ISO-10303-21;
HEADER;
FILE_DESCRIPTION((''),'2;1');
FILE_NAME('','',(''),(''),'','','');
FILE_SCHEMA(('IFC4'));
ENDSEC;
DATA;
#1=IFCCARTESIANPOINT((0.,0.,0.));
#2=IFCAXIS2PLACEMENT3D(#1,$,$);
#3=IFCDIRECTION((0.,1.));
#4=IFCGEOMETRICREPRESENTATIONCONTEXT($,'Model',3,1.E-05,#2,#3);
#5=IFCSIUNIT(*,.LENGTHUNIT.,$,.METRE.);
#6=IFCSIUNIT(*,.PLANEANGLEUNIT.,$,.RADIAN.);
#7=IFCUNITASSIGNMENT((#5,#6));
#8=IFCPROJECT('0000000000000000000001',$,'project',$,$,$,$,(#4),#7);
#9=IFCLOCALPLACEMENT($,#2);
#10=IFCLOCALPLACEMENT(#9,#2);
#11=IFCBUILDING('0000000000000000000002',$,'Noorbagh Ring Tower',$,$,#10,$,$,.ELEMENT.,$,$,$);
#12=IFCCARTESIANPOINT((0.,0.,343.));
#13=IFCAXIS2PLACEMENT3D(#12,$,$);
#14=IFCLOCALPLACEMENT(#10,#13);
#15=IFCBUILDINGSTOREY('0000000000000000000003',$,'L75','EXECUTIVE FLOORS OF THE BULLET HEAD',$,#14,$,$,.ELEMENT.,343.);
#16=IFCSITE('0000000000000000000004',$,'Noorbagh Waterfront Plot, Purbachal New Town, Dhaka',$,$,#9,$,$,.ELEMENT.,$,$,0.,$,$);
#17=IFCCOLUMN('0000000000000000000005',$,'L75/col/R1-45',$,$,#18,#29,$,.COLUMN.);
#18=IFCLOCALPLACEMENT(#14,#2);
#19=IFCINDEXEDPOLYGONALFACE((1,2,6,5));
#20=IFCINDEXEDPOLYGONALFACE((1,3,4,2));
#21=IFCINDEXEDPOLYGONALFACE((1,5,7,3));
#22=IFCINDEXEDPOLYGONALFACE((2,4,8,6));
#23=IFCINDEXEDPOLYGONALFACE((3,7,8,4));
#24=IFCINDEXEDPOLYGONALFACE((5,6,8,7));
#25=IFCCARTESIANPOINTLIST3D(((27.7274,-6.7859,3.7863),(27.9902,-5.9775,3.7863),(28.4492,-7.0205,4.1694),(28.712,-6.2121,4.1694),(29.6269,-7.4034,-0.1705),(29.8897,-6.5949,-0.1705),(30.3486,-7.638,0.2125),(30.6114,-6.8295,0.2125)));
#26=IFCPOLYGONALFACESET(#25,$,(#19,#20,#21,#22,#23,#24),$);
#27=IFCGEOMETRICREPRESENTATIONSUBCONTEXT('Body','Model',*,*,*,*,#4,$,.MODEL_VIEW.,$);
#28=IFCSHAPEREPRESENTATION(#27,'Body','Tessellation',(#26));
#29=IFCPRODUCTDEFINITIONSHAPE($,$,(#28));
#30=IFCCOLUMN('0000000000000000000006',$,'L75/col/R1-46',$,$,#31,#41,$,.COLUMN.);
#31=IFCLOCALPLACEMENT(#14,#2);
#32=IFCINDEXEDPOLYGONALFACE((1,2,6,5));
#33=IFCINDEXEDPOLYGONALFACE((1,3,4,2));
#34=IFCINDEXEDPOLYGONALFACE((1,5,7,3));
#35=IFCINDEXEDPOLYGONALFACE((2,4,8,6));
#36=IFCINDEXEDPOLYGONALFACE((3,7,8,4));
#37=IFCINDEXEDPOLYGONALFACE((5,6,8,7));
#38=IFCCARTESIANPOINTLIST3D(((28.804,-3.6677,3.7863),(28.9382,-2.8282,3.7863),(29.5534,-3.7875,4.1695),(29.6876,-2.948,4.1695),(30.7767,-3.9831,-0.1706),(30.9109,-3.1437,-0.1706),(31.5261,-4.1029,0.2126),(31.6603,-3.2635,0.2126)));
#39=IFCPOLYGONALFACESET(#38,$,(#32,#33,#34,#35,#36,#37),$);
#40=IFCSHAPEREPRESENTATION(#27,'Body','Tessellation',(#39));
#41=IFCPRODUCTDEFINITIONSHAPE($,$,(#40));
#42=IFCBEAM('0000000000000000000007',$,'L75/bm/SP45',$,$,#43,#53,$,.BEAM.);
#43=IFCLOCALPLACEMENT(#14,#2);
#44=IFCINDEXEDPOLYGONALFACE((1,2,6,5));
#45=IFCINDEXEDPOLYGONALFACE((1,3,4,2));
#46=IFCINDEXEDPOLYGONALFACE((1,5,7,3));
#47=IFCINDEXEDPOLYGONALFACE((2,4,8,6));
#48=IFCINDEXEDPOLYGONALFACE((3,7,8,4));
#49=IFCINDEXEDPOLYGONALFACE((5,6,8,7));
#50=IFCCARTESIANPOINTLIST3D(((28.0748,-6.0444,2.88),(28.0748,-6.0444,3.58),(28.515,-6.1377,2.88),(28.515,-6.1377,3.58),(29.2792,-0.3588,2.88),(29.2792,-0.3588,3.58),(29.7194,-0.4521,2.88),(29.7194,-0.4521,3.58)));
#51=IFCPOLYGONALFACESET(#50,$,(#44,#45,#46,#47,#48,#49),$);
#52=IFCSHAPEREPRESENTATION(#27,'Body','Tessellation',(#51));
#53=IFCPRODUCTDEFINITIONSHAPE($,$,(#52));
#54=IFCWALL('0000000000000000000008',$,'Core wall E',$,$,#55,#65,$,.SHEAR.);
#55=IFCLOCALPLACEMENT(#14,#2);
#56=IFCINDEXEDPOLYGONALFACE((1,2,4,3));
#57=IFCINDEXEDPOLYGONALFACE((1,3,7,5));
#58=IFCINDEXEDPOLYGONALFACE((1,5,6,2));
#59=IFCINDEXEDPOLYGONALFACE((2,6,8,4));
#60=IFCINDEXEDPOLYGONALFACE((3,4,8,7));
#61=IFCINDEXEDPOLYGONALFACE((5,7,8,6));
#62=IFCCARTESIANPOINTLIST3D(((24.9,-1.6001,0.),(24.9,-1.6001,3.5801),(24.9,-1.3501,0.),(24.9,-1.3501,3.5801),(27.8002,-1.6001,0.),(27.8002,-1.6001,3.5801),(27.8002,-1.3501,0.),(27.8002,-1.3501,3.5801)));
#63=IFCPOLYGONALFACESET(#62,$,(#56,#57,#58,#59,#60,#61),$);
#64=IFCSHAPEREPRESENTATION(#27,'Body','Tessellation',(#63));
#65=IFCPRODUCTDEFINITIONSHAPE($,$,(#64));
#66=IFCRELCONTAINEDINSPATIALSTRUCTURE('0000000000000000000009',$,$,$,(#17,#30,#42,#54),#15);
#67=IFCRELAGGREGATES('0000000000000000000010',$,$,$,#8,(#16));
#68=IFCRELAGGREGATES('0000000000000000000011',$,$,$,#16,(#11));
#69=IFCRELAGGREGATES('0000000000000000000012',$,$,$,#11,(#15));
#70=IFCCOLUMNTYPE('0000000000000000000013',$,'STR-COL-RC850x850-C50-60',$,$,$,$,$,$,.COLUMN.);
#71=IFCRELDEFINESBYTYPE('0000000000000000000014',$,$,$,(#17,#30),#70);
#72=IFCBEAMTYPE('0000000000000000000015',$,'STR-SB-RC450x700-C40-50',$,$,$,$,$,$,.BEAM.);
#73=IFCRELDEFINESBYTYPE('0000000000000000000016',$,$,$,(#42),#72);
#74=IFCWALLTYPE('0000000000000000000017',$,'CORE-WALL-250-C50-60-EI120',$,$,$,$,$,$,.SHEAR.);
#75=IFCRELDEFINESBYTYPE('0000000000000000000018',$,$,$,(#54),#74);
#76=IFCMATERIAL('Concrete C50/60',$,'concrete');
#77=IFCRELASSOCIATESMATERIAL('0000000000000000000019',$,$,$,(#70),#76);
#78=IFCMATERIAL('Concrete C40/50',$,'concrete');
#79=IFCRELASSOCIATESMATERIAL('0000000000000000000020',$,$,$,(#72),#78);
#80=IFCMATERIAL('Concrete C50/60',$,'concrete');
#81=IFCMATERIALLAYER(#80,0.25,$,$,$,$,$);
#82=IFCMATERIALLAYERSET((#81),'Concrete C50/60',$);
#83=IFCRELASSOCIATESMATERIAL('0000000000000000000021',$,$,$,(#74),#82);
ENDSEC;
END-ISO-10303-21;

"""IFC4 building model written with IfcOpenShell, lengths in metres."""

from ifc_helpers import new_model, si_unit, direction, frame, frame_2d, origin, origin_2d, place, context, subcontext, project, spatial, rectangle, extrude, material, layer, layer_set, material_profile, profile_set, type_object, element, save


model = new_model("IFC4")

# Units and contexts
model_context = context("Model", 3, precision=1e-05, world=origin(), true_north=direction((0.0, 1.0)))
body_context = subcontext(model_context, "Body", "Model", "MODEL_VIEW")
ifc_project = project(units=[si_unit("LENGTHUNIT", "METRE"), si_unit("PLANEANGLEUNIT", "RADIAN")], contexts=[model_context])

# Site, building, storey
site_placement = place(None, origin())
site = spatial("IfcSite", under=ifc_project, at=site_placement, Name="Noorbagh Waterfront Plot, Purbachal New Town, Dhaka", CompositionType="ELEMENT", RefElevation=0.0)
building_placement = place(site_placement, origin())
building = spatial("IfcBuilding", under=site, at=building_placement, Name="Noorbagh Ring Tower", CompositionType="ELEMENT")
storey_placement = place(building_placement, frame((0.0, 0.0, 343.0)))
storey = spatial("IfcBuildingStorey", under=building, at=storey_placement, Name="L75", Description="EXECUTIVE FLOORS OF THE BULLET HEAD", CompositionType="ELEMENT", Elevation=343.0)

# Columns
ifc_material_1 = material(Name="Concrete C50/60", Category="concrete")
ifc_material_profile_1 = material_profile(ifc_material_1, rectangle(XDim=0.8501, YDim=0.8501, at=origin_2d()), Name="RC850x850")
ifc_profile_set_1 = profile_set([ifc_material_profile_1], Name="Concrete C50/60")
column_type = type_object("IfcColumnType", Name="STR-COL-RC850x850-C50-60", PredefinedType="COLUMN", material=ifc_profile_set_1)
column_1_placement = place(storey_placement, frame((30.1191, -7.1165, 0.021), z_axis=(-0.42854, 0.139303, 0.892719), x_axis=(-0.309141, -0.951016, 0.0)))
element("IfcColumn", 1, at=column_1_placement, inside=storey, type_object=column_type, Name="L75/col/R1-45", PredefinedType="COLUMN", context=body_context, shape_type="SweptSolid", body=[
    extrude(rectangle(XDim=0.8501, YDim=0.8501, at=origin_2d()), origin(), (0.0, 0.0, 1.0), 4.4324),
])
column_2_placement = place(storey_placement, frame((31.2185, -3.6233, 0.021), z_axis=(-0.445044, 0.071163, 0.892677), x_axis=(-0.157895, -0.987456, 0.0)))
element("IfcColumn", 2, at=column_2_placement, inside=storey, type_object=column_type, Name="L75/col/R1-46", PredefinedType="COLUMN", context=body_context, shape_type="SweptSolid", body=[
    extrude(rectangle(XDim=0.8501, YDim=0.8501, at=origin_2d()), origin(), (0.0, 0.0, 1.0), 4.4326),
])

# Beam
ifc_material_2 = material(Name="Concrete C40/50", Category="concrete")
ifc_material_profile_2 = material_profile(ifc_material_2, rectangle(XDim=0.45, YDim=0.7, at=origin_2d()), Name="RC450x700")
ifc_profile_set_2 = profile_set([ifc_material_profile_2], Name="Concrete C40/50")
beam_type = type_object("IfcBeamType", Name="STR-SB-RC450x700-C40-50", PredefinedType="BEAM", material=ifc_profile_set_2)
beam_placement = place(storey_placement, frame((28.2949, -6.0911, 3.23), z_axis=(0.207228, 0.978293, 0.0), x_axis=(-0.978293, 0.207228, 0.0)))
element("IfcBeam", 3, at=beam_placement, inside=storey, type_object=beam_type, Name="L75/bm/SP45", PredefinedType="BEAM", context=body_context, shape_type="SweptSolid", body=[
    extrude(rectangle(XDim=0.45, YDim=0.7, at=origin_2d()), origin(), (0.0, 0.0, 1.0), 5.8118),
])

# Wall
ifc_material_3 = material(Name="Concrete C50/60", Category="concrete")
ifc_layer_1 = layer(ifc_material_3, 0.25)
ifc_layer_set_1 = layer_set([ifc_layer_1], Name="Concrete C50/60")
wall_type_1 = type_object("IfcWallType", Name="CORE-WALL-250-C50-60-EI120", PredefinedType="SHEAR", material=ifc_layer_set_1)
wall_1_placement = place(storey_placement, frame((24.8999, -1.4751, 0.0), z_axis=(0.0, 0.0, 1.0), x_axis=(1.0, 0.0, 0.0)))
element("IfcWall", 4, at=wall_1_placement, inside=storey, type_object=wall_type_1, Name="Core wall E", PredefinedType="SHEAR", context=body_context, shape_type="SweptSolid", body=[
    extrude(rectangle(XDim=2.9001, YDim=0.25, at=frame_2d((1.4502, 0.0))), origin(), (0.0, 0.0, 1.0), 3.5801),
])

save(model, "model.ifc")
